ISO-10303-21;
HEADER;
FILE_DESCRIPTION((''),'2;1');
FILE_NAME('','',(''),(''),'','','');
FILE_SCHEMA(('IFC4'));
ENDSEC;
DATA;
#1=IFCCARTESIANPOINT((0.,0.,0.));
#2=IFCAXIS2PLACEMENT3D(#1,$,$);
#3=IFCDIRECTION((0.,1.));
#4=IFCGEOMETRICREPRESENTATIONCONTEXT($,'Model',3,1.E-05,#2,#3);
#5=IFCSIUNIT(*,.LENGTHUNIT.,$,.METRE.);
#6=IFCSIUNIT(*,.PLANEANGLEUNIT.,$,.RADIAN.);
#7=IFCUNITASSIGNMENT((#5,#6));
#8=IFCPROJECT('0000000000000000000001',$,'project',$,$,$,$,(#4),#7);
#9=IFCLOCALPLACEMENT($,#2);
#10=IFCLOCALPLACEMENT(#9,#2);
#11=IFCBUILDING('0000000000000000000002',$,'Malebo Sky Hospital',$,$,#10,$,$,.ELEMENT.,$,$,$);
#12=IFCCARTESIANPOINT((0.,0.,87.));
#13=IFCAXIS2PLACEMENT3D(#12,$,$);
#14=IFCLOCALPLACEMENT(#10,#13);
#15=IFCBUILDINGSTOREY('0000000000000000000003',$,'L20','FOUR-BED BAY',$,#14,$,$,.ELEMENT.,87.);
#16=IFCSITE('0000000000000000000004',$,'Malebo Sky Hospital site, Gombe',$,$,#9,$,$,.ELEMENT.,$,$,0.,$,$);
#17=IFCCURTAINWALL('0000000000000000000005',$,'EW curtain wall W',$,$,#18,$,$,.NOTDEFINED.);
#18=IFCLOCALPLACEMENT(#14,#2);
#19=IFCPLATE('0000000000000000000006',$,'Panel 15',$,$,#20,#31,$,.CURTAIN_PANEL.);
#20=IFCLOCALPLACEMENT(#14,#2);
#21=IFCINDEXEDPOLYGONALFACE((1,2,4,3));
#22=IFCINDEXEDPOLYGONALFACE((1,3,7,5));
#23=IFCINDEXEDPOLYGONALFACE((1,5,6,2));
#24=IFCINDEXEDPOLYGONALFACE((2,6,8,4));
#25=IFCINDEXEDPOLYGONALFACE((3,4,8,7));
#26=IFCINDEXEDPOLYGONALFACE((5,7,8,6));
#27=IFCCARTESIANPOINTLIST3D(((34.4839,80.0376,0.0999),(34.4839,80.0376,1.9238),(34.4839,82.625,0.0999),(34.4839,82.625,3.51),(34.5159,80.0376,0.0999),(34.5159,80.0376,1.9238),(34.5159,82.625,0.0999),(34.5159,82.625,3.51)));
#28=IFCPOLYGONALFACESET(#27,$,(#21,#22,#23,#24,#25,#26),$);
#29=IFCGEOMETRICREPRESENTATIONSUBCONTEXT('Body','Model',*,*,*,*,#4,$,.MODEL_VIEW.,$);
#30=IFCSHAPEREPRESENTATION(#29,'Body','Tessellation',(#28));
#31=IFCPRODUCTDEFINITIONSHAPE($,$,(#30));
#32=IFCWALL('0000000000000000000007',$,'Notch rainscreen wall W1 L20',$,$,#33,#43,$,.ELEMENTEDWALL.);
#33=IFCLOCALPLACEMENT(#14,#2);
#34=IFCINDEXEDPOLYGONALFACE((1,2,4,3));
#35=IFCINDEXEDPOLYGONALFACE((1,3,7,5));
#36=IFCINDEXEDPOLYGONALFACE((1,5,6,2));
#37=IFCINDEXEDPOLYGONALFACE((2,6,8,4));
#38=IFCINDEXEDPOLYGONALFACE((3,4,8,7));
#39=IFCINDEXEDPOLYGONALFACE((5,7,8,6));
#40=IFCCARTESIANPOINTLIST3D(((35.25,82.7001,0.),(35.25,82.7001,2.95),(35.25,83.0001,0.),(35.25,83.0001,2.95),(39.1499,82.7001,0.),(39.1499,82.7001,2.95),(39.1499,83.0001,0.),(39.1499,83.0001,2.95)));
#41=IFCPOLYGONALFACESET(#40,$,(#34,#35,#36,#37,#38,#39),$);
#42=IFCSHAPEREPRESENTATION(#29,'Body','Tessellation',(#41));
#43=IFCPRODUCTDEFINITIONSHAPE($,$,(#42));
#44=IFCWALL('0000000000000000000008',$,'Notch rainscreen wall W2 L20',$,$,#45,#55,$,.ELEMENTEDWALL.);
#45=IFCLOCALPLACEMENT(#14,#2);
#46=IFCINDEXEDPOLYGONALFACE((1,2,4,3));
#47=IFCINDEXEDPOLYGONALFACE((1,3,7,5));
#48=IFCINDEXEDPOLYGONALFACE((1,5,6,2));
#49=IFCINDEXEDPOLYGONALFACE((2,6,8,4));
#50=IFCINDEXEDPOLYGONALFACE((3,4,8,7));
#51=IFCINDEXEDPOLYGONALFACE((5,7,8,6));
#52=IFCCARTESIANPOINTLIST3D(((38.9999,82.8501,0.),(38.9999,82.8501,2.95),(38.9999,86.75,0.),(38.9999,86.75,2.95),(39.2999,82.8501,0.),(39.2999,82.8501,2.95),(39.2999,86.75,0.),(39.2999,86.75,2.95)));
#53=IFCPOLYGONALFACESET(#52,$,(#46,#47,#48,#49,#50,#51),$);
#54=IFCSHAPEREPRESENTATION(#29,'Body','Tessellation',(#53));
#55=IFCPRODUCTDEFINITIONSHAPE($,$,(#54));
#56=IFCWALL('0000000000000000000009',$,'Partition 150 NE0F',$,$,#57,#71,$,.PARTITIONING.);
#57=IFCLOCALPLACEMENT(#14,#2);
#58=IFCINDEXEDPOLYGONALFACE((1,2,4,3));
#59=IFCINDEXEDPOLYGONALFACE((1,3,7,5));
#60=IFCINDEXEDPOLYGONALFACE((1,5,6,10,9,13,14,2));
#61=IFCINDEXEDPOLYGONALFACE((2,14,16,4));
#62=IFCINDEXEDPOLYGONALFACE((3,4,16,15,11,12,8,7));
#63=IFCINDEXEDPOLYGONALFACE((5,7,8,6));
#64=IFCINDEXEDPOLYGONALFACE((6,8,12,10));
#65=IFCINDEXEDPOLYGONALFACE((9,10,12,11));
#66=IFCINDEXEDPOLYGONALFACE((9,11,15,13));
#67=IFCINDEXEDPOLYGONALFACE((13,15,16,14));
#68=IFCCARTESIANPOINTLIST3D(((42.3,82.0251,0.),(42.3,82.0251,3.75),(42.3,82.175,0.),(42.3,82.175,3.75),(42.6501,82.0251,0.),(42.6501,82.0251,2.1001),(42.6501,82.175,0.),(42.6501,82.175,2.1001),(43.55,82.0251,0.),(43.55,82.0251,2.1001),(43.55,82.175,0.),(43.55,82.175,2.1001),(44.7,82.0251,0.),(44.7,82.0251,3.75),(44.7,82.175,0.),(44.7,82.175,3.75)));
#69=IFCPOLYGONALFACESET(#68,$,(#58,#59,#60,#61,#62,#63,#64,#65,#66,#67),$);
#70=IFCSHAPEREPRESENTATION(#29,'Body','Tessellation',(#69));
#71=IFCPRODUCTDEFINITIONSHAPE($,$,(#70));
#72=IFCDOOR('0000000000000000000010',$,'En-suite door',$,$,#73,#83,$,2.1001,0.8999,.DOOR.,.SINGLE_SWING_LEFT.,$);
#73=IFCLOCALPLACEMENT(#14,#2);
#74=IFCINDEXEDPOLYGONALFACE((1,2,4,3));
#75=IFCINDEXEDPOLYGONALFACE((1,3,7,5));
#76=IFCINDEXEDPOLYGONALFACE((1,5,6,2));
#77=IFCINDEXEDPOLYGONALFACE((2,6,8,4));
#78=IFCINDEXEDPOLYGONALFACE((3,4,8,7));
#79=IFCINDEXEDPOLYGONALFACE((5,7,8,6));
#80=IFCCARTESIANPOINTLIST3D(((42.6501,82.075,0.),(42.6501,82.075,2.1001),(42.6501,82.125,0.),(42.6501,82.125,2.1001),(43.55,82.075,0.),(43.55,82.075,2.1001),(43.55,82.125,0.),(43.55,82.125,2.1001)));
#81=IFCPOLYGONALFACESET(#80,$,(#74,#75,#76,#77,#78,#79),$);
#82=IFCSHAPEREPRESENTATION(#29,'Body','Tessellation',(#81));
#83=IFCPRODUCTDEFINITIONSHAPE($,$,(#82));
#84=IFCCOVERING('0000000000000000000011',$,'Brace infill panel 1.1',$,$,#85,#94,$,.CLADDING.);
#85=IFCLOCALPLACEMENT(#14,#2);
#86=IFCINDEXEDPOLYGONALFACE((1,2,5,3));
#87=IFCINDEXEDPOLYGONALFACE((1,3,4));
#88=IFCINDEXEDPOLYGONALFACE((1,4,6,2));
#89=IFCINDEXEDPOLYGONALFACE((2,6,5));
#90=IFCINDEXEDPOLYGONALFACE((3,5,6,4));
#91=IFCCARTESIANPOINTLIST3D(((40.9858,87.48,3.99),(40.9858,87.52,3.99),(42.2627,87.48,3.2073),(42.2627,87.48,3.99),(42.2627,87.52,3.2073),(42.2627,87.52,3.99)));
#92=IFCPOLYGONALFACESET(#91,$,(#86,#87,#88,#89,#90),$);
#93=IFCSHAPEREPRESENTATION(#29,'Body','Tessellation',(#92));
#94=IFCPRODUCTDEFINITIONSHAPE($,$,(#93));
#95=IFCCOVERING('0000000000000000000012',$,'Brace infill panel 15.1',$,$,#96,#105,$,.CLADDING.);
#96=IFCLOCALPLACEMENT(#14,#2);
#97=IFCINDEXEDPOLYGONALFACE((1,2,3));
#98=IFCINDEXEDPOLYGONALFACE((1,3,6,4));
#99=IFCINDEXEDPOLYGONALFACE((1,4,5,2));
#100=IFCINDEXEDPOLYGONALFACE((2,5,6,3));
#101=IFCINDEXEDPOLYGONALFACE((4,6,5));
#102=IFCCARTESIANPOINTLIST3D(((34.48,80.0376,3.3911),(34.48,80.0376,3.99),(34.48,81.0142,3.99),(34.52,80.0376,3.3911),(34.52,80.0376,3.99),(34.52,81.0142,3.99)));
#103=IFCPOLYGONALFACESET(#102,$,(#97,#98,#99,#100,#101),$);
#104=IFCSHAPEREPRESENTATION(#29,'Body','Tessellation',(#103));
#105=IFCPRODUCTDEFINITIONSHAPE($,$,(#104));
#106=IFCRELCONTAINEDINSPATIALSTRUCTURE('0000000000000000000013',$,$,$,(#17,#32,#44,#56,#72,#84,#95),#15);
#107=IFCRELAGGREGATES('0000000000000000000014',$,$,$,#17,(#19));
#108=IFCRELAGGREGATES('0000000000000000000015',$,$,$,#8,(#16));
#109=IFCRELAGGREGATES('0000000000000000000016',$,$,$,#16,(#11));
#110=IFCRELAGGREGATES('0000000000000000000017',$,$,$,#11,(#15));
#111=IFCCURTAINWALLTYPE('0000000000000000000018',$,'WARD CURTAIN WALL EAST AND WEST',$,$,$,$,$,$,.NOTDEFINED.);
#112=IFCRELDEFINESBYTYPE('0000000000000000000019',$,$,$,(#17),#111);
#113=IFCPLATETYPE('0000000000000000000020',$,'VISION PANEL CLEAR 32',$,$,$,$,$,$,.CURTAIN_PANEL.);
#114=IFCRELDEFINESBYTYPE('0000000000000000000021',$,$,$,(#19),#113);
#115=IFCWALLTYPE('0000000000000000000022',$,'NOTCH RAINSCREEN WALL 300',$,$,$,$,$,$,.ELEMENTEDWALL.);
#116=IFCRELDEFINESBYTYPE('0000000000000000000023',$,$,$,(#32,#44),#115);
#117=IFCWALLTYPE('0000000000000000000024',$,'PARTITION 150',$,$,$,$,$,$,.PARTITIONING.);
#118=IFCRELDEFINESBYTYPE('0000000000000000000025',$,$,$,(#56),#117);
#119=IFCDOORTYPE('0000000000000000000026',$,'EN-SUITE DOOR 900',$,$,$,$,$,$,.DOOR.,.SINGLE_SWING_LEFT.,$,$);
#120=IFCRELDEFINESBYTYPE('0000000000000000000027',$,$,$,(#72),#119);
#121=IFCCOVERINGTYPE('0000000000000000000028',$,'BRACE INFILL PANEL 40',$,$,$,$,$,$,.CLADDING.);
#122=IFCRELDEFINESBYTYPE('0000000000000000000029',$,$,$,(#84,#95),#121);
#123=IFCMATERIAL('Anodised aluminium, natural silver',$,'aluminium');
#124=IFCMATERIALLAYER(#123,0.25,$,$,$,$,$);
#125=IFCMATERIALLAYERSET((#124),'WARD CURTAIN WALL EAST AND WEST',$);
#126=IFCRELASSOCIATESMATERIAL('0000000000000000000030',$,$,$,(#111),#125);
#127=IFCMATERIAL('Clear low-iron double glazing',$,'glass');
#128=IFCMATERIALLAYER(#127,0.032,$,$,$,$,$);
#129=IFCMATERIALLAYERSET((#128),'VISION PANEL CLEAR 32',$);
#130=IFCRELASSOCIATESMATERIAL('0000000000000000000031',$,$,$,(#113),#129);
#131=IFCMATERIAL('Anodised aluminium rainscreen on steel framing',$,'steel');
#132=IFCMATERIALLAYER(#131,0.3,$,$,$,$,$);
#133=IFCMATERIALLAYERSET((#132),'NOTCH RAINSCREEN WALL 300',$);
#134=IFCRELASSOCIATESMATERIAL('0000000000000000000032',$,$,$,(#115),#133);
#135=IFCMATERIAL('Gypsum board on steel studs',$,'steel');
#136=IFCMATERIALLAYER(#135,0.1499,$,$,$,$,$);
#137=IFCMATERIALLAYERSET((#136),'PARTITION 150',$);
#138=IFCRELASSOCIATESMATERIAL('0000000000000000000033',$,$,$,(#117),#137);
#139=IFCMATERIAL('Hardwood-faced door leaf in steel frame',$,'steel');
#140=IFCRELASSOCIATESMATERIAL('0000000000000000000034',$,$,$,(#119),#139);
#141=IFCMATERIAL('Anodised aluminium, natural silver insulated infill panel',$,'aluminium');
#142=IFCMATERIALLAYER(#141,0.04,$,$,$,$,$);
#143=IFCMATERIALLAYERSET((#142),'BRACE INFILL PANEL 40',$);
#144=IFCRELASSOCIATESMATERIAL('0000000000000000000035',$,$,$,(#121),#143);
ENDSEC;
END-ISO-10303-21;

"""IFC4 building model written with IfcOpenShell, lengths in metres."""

from ifc_helpers import new_model, si_unit, direction, frame, frame_2d, origin, place, context, subcontext, project, spatial, polyline, rectangle, outline, extrude, material, layer, layer_set, type_object, element, fill, aggregate, save


model = new_model("IFC4")

# Units and contexts
model_context = context("Model", 3, precision=1e-05, world=origin(), true_north=direction((0.0, 1.0)))
body_context = subcontext(model_context, "Body", "Model", "MODEL_VIEW")
ifc_project = project(units=[si_unit("LENGTHUNIT", "METRE"), si_unit("PLANEANGLEUNIT", "RADIAN")], contexts=[model_context])

# Site, building, storey
site_placement = place(None, origin())
site = spatial("IfcSite", under=ifc_project, at=site_placement, Name="Malebo Sky Hospital site, Gombe", CompositionType="ELEMENT", RefElevation=0.0)
building_placement = place(site_placement, origin())
building = spatial("IfcBuilding", under=site, at=building_placement, Name="Malebo Sky Hospital", CompositionType="ELEMENT")
storey_placement = place(building_placement, frame((0.0, 0.0, 87.0)))
storey = spatial("IfcBuildingStorey", under=building, at=storey_placement, Name="L20", Description="FOUR-BED BAY", CompositionType="ELEMENT", Elevation=87.0)

# Shared definitions
ifc_material_1 = material(Name="Anodised aluminium, natural silver", Category="aluminium")

# Curtain wall
ifc_layer_1 = layer(ifc_material_1, 0.25)
ifc_layer_set_1 = layer_set([ifc_layer_1], Name="WARD CURTAIN WALL EAST AND WEST")
curtain_wall_type_1 = type_object("IfcCurtainWallType", Name="WARD CURTAIN WALL EAST AND WEST", PredefinedType="NOTDEFINED", material=ifc_layer_set_1)
curtain_wall_1_placement = place(storey_placement, origin())
curtain_wall_1 = element("IfcCurtainWall", 1, at=curtain_wall_1_placement, inside=storey, type_object=curtain_wall_type_1, Name="EW curtain wall W", PredefinedType="NOTDEFINED")

# Plate
ifc_material_2 = material(Name="Clear low-iron double glazing", Category="glass")
ifc_layer_2 = layer(ifc_material_2, 0.032)
ifc_layer_set_2 = layer_set([ifc_layer_2], Name="VISION PANEL CLEAR 32")
plate_type = type_object("IfcPlateType", Name="VISION PANEL CLEAR 32", PredefinedType="CURTAIN_PANEL", material=ifc_layer_set_2)
plate_1_placement = place(storey_placement, frame((34.5, 81.3313, 0.0999), z_axis=(0.0, 0.0, 1.0), x_axis=(0.0, 1.0, 0.0)))
plate_1 = element("IfcPlate", 2, at=plate_1_placement, type_object=plate_type, Name="Panel 15", PredefinedType="CURTAIN_PANEL", context=body_context, shape_type="SweptSolid", body=[
    extrude(outline(polyline([(-1.2937, 0.0), (1.2937, 0.0), (1.2937, 3.4102), (-1.2937, 1.824), (-1.2937, 0.0)])), frame((0.0, 0.0161, 0.0), z_axis=(0.0, -1.0, 0.0), x_axis=(1.0, 0.0, 0.0)), (0.0, 0.0, 1.0), 0.032),
])
aggregate(curtain_wall_1, [plate_1])

# Walls
ifc_material_3 = material(Name="Anodised aluminium rainscreen on steel framing", Category="steel")
ifc_layer_3 = layer(ifc_material_3, 0.3)
ifc_layer_set_3 = layer_set([ifc_layer_3], Name="NOTCH RAINSCREEN WALL 300")
wall_type_1 = type_object("IfcWallType", Name="NOTCH RAINSCREEN WALL 300", PredefinedType="ELEMENTEDWALL", material=ifc_layer_set_3)
for number, where, z_axis, x_axis, name in (
    (3, (35.25, 82.8501, 0.0), (0.0, 0.0, 1.0), (1.0, 0.0, 0.0), "Notch rainscreen wall W1 L20"),
    (4, (39.1499, 82.8501, 0.0), (0.0, 0.0, 1.0), (0.0, 1.0, 0.0), "Notch rainscreen wall W2 L20"),
):
    element("IfcWall", number, at=place(storey_placement, frame(where, z_axis=z_axis, x_axis=x_axis)), inside=storey, type_object=wall_type_1, Name=name, PredefinedType="ELEMENTEDWALL", context=body_context, shape_type="SweptSolid", body=[
        extrude(rectangle(XDim=3.8999, YDim=0.3, at=frame_2d((1.95, 0.0))), origin(), (0.0, 0.0, 1.0), 2.95),
    ])

# Wall, opening, door
ifc_material_4 = material(Name="Gypsum board on steel studs", Category="steel")
ifc_layer_4 = layer(ifc_material_4, 0.1499)
ifc_layer_set_4 = layer_set([ifc_layer_4], Name="PARTITION 150")
wall_type_2 = type_object("IfcWallType", Name="PARTITION 150", PredefinedType="PARTITIONING", material=ifc_layer_set_4)
wall_placement = place(storey_placement, frame((42.3, 82.1001, 0.0), z_axis=(0.0, 0.0, 1.0), x_axis=(1.0, 0.0, 0.0)))
wall = element("IfcWall", 5, at=wall_placement, inside=storey, type_object=wall_type_2, Name="Partition 150 NE0F", PredefinedType="PARTITIONING", context=body_context, shape_type="SweptSolid", body=[
    extrude(rectangle(XDim=2.3999, YDim=0.1499, at=frame_2d((1.2, 0.0))), origin(), (0.0, 0.0, 1.0), 3.75),
])
opening_placement = place(wall_placement, frame((0.3501, 0.0, 0.0)))
opening = element("IfcOpeningElement", 6, at=opening_placement, cuts=wall, PredefinedType="OPENING", context=body_context, shape_type="SweptSolid", body=[
    extrude(rectangle(XDim=0.8999, YDim=2.1001, at=frame_2d((0.45, 1.05))), frame((0.0, 0.085, 0.0), z_axis=(0.0, -1.0, 0.0), x_axis=(1.0, 0.0, 0.0)), (0.0, 0.0, 1.0), 0.1699),
])
ifc_material_5 = material(Name="Hardwood-faced door leaf in steel frame", Category="steel")
door_type = type_object("IfcDoorType", Name="EN-SUITE DOOR 900", OperationType="SINGLE_SWING_LEFT", PredefinedType="DOOR", material=ifc_material_5)
door_placement = place(opening_placement, origin())
door = element("IfcDoor", 7, at=door_placement, inside=storey, type_object=door_type, Name="En-suite door", OperationType="SINGLE_SWING_LEFT", OverallHeight=2.1001, OverallWidth=0.8999, PredefinedType="DOOR", context=body_context, shape_type="SweptSolid", body=[
    extrude(rectangle(XDim=0.8999, YDim=2.1001, at=frame_2d((0.45, 1.05))), frame((0.0, 0.0249, 0.0), z_axis=(0.0, -1.0, 0.0), x_axis=(1.0, 0.0, 0.0)), (0.0, 0.0, 1.0), 0.05),
])
fill(opening, door)

# Coverings
ifc_material_6 = material(Name="Anodised aluminium, natural silver insulated infill panel", Category="aluminium")
ifc_layer_5 = layer(ifc_material_6, 0.04)
ifc_layer_set_5 = layer_set([ifc_layer_5], Name="BRACE INFILL PANEL 40")
covering_type = type_object("IfcCoveringType", Name="BRACE INFILL PANEL 40", PredefinedType="CLADDING", material=ifc_layer_set_5)
covering_1_placement = place(storey_placement, frame((41.6243, 87.5, 3.2073), z_axis=(0.0, 0.0, 1.0), x_axis=(1.0, 0.0, 0.0)))
element("IfcCovering", 8, at=covering_1_placement, inside=storey, type_object=covering_type, Name="Brace infill panel 1.1", PredefinedType="CLADDING", context=body_context, shape_type="SweptSolid", body=[
    extrude(outline(polyline([(0.6384, 0.0), (0.6384, 0.7827), (-0.6384, 0.7827), (0.6384, 0.0)])), frame((0.0, 0.02, 0.0), z_axis=(0.0, -1.0, 0.0), x_axis=(1.0, 0.0, 0.0)), (0.0, 0.0, 1.0), 0.04),
])
covering_2_placement = place(storey_placement, frame((34.5, 80.5259, 3.3911), z_axis=(0.0, 0.0, 1.0), x_axis=(0.0, 1.0, 0.0)))
element("IfcCovering", 9, at=covering_2_placement, inside=storey, type_object=covering_type, Name="Brace infill panel 15.1", PredefinedType="CLADDING", context=body_context, shape_type="SweptSolid", body=[
    extrude(outline(polyline([(-0.4883, 0.0), (0.4883, 0.5989), (-0.4883, 0.5989), (-0.4883, 0.0)])), frame((0.0, 0.02, 0.0), z_axis=(0.0, -1.0, 0.0), x_axis=(1.0, 0.0, 0.0)), (0.0, 0.0, 1.0), 0.04),
])

save(model, "model.ifc")
